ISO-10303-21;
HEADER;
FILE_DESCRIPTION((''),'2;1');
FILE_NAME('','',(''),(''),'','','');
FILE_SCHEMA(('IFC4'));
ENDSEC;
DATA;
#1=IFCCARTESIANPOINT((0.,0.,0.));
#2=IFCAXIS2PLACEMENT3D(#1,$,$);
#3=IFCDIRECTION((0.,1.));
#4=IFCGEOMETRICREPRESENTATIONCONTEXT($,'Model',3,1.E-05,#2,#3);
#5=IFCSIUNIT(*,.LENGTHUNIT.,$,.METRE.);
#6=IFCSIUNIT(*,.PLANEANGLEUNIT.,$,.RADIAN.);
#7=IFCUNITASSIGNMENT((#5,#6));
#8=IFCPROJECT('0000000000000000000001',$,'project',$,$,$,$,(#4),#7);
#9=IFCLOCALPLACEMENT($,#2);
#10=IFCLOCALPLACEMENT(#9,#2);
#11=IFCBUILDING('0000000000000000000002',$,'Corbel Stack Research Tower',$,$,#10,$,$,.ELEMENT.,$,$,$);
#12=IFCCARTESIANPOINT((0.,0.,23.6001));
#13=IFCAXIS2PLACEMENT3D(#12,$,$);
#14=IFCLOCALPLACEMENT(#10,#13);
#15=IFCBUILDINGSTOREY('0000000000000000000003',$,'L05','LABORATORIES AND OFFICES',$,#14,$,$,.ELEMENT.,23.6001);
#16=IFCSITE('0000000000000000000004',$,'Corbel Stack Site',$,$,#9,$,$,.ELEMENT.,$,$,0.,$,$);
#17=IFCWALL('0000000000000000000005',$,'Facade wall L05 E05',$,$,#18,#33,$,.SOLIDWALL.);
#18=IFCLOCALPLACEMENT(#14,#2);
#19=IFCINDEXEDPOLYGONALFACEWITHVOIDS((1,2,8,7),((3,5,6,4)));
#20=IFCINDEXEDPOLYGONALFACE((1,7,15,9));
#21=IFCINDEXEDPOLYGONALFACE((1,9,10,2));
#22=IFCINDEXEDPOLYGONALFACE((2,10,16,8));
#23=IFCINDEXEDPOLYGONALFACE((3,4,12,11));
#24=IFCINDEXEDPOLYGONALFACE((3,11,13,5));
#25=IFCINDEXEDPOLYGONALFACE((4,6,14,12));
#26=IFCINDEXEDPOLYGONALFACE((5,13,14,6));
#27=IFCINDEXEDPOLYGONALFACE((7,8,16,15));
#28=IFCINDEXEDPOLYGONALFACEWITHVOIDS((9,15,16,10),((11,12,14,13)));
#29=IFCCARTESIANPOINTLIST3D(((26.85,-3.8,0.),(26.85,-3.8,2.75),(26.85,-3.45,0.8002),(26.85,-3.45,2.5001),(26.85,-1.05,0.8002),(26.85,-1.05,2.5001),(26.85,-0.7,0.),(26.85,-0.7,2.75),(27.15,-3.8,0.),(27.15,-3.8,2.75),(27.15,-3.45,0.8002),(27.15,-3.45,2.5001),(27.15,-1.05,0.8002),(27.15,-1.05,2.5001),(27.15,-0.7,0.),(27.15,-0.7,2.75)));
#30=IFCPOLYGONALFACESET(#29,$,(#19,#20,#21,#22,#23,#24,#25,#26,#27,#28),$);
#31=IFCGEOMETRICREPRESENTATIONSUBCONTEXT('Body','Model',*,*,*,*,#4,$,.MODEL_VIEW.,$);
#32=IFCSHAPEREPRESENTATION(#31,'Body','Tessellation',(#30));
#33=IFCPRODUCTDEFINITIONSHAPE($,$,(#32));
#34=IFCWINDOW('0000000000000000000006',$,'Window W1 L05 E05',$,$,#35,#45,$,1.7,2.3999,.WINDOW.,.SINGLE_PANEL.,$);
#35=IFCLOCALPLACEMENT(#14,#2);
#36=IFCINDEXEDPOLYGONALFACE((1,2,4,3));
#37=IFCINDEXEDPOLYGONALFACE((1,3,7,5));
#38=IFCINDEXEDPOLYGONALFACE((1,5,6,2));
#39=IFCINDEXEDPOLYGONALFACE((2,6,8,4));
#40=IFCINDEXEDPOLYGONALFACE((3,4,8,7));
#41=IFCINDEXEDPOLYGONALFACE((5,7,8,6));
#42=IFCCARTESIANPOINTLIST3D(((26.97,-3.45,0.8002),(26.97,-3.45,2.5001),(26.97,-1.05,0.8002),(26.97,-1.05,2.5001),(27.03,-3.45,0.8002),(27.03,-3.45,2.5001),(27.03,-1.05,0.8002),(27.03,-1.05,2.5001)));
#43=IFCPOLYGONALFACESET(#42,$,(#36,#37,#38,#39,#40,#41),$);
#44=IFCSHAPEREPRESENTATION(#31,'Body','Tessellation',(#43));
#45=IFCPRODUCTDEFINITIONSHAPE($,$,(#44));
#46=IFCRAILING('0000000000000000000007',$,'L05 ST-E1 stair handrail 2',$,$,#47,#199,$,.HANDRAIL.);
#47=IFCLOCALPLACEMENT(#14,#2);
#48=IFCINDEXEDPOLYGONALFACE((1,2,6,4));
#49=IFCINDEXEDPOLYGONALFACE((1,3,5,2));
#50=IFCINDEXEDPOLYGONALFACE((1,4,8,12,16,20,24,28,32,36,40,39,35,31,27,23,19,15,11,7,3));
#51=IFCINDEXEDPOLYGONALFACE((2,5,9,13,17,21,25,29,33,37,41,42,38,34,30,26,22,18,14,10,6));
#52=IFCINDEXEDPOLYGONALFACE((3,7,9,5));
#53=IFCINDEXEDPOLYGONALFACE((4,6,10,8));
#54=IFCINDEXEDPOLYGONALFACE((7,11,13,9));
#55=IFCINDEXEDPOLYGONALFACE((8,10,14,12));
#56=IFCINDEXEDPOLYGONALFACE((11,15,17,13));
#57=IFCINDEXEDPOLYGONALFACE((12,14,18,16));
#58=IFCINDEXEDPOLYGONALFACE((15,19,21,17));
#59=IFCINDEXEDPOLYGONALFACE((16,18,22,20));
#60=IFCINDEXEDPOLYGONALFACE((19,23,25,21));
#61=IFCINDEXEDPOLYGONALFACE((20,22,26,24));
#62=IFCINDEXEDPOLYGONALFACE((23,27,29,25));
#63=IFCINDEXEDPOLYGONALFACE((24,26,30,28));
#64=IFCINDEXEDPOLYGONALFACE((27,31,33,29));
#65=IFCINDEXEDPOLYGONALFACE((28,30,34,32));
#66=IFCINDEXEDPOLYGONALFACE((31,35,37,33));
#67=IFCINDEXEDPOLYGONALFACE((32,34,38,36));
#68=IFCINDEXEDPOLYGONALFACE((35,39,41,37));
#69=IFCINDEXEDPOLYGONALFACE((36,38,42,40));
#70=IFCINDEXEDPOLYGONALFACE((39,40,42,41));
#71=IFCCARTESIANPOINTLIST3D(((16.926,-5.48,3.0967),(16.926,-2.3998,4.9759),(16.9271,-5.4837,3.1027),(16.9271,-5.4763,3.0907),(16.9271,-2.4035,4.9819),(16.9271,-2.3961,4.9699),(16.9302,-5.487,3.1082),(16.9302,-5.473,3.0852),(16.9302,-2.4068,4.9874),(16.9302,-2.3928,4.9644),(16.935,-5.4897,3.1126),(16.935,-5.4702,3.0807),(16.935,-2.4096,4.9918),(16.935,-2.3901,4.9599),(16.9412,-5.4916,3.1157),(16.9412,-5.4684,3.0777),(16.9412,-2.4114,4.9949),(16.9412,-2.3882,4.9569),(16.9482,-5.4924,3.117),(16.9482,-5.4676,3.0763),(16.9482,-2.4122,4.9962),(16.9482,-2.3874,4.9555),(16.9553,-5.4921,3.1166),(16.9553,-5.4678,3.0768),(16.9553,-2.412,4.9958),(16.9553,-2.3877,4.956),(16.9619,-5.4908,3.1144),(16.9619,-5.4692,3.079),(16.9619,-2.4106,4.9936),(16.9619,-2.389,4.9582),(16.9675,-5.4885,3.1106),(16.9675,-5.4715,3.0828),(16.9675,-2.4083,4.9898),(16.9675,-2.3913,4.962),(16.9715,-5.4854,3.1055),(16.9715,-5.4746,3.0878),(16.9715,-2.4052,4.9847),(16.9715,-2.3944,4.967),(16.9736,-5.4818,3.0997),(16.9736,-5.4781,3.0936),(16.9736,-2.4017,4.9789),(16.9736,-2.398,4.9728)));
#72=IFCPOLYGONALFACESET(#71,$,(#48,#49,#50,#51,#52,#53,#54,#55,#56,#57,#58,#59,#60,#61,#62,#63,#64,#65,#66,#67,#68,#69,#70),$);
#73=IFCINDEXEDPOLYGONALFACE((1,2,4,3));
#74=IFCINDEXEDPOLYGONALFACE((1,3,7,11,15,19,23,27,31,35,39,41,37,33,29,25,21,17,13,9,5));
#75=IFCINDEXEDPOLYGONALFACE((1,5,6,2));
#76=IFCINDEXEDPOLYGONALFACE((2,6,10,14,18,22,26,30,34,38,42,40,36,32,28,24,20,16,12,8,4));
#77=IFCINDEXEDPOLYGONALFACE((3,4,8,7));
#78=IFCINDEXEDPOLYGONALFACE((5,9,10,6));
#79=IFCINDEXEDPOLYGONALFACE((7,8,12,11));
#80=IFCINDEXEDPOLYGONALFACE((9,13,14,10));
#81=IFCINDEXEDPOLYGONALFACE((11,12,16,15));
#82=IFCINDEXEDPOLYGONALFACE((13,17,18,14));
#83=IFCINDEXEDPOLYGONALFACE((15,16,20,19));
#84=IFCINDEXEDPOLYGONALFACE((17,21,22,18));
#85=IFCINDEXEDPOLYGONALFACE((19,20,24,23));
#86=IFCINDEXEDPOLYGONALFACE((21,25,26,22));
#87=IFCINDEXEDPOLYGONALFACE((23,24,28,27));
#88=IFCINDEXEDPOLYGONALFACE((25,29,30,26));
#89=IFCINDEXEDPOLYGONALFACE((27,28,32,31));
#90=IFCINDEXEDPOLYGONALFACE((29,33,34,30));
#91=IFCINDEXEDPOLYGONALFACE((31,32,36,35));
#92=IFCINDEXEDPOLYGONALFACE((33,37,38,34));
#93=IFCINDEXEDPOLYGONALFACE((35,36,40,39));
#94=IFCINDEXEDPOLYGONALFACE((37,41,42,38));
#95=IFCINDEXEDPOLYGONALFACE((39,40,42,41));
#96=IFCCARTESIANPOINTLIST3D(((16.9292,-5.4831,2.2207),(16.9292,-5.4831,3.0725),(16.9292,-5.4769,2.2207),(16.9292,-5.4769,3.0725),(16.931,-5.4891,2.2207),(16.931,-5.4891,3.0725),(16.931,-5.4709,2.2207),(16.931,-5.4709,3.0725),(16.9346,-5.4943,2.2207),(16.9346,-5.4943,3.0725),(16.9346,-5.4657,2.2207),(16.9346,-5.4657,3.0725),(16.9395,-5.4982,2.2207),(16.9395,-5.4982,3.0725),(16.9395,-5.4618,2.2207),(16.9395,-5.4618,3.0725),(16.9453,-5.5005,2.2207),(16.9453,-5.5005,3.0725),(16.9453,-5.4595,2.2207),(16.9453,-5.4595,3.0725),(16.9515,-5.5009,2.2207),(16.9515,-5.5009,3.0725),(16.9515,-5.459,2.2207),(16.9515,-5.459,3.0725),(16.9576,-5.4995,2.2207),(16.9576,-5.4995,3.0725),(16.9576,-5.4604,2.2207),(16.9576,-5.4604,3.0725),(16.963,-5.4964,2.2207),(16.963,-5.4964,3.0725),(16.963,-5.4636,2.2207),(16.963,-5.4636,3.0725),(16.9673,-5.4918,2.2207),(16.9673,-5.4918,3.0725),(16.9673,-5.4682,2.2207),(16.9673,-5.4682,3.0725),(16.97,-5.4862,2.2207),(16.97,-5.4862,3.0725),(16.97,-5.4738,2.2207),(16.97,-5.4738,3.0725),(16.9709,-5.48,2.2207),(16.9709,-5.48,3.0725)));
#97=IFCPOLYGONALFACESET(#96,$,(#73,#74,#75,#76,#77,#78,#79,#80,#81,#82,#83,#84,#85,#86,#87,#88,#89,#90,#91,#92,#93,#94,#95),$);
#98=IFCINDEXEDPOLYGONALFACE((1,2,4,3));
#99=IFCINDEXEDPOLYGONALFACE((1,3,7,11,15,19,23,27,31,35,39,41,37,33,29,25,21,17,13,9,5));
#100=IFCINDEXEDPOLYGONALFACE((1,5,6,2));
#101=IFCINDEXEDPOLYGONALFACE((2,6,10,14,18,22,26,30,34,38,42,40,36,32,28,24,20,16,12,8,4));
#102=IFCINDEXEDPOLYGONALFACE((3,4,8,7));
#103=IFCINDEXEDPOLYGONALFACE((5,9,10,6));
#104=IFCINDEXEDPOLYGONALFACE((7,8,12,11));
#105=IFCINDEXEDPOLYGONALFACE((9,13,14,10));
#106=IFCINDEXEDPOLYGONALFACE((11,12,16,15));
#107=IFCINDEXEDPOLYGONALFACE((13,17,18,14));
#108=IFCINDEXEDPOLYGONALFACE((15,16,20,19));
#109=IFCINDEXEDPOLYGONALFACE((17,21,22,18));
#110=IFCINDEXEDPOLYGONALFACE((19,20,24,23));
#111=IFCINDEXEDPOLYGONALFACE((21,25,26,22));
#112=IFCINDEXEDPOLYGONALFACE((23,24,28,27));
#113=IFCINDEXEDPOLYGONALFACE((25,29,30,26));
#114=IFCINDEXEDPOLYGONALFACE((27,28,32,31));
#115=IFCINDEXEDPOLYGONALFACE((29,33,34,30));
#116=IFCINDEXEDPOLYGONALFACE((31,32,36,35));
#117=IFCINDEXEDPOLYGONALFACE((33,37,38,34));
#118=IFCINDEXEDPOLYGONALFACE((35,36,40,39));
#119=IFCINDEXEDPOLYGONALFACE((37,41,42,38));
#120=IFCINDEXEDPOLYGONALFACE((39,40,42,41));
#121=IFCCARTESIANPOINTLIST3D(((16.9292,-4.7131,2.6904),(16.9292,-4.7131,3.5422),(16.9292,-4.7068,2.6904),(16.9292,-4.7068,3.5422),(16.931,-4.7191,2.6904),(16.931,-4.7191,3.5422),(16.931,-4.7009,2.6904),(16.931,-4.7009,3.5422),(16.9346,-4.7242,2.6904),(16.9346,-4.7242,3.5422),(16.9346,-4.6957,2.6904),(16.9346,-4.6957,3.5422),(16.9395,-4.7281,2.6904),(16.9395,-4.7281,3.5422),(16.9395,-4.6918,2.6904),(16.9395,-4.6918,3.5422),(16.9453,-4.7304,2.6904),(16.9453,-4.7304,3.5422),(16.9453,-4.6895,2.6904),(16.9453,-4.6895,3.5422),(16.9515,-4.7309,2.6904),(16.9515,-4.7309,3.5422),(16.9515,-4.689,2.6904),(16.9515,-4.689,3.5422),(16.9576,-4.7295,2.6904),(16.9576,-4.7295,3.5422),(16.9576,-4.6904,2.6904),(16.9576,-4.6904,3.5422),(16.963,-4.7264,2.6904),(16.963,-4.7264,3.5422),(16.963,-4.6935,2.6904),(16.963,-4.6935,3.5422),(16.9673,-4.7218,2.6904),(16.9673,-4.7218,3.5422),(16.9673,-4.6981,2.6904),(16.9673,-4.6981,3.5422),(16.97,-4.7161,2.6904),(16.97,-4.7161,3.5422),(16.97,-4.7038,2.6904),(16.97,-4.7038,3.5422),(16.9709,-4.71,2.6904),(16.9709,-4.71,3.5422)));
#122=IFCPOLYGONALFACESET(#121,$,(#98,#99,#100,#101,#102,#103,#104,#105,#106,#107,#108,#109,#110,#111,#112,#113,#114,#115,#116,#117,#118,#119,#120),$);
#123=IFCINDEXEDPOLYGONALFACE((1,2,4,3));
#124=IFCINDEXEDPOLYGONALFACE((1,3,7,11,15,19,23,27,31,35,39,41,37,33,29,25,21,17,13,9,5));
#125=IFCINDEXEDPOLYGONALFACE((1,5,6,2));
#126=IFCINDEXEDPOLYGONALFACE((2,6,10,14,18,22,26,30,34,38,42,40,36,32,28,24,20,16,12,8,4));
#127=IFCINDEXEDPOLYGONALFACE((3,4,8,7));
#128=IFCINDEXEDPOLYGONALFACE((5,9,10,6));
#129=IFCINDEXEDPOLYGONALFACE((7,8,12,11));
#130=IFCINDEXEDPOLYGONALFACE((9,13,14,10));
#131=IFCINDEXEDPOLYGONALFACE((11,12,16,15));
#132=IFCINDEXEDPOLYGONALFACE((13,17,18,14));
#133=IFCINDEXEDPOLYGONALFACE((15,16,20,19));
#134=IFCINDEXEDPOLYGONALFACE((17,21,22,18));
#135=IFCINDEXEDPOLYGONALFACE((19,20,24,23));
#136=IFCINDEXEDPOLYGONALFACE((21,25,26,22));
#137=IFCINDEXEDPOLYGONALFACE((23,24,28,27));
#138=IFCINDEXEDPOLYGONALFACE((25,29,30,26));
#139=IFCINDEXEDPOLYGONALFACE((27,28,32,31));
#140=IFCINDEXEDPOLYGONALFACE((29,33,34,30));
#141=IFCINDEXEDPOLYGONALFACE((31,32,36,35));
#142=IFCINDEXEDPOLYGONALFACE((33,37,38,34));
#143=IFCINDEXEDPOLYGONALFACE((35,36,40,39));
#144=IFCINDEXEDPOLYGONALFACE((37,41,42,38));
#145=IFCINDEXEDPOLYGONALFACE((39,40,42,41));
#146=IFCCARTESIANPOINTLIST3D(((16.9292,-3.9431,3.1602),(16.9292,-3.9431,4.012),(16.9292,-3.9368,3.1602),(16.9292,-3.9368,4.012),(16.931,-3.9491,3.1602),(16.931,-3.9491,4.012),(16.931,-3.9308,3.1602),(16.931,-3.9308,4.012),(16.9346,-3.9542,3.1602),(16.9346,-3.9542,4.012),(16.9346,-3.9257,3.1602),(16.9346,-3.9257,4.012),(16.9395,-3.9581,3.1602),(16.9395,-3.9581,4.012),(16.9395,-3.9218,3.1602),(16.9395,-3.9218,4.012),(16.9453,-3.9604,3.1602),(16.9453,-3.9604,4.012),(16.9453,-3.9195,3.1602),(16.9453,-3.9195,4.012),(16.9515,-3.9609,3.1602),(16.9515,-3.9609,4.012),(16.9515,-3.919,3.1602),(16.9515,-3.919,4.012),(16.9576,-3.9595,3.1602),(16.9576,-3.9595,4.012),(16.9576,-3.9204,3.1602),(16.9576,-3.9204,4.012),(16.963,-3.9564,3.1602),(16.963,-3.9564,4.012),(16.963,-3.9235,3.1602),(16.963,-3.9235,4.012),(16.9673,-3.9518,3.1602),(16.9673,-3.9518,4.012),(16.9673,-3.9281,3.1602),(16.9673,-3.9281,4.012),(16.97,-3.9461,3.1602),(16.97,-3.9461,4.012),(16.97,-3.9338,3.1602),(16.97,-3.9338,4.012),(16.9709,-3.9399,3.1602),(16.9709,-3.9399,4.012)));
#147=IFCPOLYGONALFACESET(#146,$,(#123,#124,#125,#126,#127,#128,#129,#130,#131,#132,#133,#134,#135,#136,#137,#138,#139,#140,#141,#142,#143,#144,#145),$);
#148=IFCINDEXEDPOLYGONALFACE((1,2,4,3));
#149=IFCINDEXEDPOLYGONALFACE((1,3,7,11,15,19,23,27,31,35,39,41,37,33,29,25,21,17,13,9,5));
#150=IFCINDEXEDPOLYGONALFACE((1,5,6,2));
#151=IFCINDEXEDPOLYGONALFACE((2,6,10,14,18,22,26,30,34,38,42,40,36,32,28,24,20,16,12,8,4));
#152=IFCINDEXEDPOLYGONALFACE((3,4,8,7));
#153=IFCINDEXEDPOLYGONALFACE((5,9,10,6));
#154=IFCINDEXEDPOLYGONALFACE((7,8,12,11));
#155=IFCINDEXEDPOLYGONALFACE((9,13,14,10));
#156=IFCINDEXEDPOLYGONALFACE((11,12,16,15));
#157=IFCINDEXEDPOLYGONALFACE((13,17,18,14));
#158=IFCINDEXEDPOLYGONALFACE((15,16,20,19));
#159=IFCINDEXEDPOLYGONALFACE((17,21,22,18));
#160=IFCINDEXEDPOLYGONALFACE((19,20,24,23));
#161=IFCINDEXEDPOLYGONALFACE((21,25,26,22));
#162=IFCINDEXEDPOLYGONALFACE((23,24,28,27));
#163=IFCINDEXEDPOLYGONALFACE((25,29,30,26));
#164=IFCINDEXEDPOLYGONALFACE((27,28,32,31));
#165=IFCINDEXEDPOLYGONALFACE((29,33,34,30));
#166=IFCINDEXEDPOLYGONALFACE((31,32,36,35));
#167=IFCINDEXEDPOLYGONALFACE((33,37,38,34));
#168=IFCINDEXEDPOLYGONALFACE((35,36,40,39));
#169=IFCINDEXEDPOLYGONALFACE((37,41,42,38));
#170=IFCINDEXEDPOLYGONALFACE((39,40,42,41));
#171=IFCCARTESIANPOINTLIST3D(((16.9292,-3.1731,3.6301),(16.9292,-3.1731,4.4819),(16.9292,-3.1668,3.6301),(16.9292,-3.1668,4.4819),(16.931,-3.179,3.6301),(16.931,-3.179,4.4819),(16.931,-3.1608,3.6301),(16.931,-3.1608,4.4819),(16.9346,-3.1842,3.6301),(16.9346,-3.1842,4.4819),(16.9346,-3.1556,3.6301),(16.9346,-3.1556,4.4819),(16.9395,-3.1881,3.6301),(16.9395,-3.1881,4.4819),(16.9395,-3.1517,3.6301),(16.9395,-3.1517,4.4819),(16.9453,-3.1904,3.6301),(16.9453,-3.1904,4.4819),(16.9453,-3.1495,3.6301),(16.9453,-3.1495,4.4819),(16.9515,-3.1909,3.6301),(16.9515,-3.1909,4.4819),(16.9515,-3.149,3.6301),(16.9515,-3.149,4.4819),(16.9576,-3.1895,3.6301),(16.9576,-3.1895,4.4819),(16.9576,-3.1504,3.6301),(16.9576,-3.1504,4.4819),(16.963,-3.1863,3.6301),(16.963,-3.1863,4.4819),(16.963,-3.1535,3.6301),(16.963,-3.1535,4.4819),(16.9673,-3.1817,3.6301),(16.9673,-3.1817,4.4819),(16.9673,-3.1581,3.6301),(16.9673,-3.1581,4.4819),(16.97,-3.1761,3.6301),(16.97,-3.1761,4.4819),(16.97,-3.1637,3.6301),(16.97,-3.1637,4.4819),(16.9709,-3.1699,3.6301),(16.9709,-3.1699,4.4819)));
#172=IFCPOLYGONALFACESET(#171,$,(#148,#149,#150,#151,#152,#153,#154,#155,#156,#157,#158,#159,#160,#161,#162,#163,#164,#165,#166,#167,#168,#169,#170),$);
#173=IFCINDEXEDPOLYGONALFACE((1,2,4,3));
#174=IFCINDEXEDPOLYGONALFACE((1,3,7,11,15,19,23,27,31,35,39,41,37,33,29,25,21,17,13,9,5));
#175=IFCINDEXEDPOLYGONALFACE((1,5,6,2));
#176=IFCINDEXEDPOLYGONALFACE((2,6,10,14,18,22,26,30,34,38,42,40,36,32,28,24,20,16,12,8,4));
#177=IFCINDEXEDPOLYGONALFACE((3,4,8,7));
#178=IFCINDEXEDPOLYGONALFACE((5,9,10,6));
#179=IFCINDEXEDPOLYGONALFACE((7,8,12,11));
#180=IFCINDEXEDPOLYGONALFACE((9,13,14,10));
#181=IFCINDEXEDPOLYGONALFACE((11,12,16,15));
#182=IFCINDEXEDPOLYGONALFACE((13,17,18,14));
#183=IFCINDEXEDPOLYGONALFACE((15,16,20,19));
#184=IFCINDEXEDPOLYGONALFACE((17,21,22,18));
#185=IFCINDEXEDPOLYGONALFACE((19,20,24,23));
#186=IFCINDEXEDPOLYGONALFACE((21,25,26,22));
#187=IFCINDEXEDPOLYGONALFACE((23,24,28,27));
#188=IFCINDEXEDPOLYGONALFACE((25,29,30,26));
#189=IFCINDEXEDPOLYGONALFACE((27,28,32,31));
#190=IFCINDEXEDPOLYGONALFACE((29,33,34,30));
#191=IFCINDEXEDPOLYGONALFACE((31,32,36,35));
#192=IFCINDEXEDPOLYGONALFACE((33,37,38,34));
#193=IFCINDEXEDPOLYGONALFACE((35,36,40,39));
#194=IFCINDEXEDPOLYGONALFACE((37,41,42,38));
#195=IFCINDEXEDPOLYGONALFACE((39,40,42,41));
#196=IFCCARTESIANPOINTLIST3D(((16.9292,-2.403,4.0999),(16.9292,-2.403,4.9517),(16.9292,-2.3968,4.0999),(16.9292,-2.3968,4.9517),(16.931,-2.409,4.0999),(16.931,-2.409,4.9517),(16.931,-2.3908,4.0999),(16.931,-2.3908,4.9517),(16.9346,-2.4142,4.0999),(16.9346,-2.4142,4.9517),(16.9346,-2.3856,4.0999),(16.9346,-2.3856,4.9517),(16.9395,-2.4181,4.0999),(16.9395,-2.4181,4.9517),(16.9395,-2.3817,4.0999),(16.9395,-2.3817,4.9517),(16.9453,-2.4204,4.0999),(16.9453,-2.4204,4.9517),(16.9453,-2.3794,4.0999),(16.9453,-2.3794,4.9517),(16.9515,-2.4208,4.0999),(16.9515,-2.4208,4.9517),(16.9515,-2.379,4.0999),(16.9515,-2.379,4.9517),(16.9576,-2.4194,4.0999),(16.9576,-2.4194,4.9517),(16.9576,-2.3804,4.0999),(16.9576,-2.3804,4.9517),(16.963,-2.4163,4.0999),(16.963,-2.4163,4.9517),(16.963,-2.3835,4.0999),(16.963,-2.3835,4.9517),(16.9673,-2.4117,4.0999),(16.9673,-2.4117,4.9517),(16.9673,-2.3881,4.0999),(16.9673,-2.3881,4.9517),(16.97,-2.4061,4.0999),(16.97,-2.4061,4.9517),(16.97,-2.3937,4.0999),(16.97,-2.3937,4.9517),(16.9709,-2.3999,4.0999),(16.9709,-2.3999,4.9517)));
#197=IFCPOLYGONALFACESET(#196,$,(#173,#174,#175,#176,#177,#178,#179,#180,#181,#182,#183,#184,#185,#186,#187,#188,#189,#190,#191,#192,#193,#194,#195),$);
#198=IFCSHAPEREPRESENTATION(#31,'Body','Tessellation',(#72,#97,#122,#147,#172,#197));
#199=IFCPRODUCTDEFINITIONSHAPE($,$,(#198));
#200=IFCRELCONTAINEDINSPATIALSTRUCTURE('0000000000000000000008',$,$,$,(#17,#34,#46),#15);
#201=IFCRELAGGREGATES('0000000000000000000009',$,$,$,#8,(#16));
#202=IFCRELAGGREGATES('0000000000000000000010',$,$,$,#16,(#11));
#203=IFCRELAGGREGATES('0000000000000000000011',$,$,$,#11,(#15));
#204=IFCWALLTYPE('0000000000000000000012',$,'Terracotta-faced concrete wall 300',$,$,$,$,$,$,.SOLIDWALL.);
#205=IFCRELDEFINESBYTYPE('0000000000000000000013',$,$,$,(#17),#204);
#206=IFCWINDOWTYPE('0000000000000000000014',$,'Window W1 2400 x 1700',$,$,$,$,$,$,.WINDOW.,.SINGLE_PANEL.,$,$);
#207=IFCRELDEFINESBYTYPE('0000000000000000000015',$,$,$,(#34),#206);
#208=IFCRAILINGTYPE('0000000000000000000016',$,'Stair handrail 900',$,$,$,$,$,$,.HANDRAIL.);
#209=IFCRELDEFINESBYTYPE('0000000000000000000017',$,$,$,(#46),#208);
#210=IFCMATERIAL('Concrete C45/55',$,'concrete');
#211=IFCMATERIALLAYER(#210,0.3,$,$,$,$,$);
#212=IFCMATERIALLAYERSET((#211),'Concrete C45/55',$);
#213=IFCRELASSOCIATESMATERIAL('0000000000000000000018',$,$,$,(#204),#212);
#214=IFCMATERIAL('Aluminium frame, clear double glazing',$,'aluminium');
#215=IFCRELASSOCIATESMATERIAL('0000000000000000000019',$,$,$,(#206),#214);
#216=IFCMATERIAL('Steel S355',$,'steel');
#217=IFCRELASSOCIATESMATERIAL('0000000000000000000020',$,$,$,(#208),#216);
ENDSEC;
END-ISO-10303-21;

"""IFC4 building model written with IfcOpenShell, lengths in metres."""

from ifc_helpers import new_model, si_unit, direction, frame, frame_2d, origin, origin_2d, place, context, subcontext, project, spatial, rectangle, circle, extrude, material, layer, layer_set, type_object, element, fill, save


model = new_model("IFC4")

# Units and contexts
model_context = context("Model", 3, precision=1e-05, world=origin(), true_north=direction((0.0, 1.0)))
body_context = subcontext(model_context, "Body", "Model", "MODEL_VIEW")
ifc_project = project(units=[si_unit("LENGTHUNIT", "METRE"), si_unit("PLANEANGLEUNIT", "RADIAN")], contexts=[model_context])

# Site, building, storey
site_placement = place(None, origin())
site = spatial("IfcSite", under=ifc_project, at=site_placement, Name="Corbel Stack Site", CompositionType="ELEMENT", RefElevation=0.0)
building_placement = place(site_placement, origin())
building = spatial("IfcBuilding", under=site, at=building_placement, Name="Corbel Stack Research Tower", CompositionType="ELEMENT")
storey_placement = place(building_placement, frame((0.0, 0.0, 23.6001)))
storey = spatial("IfcBuildingStorey", under=building, at=storey_placement, Name="L05", Description="LABORATORIES AND OFFICES", CompositionType="ELEMENT", Elevation=23.6001)

# Wall, opening, window
ifc_material_1 = material(Name="Concrete C45/55", Category="concrete")
ifc_layer_1 = layer(ifc_material_1, 0.3)
ifc_layer_set_1 = layer_set([ifc_layer_1], Name="Concrete C45/55")
wall_type_1 = type_object("IfcWallType", Name="Terracotta-faced concrete wall 300", PredefinedType="SOLIDWALL", material=ifc_layer_set_1)
ifc_material_2 = material(Name="Aluminium frame, clear double glazing", Category="aluminium")
window_type = type_object("IfcWindowType", Name="Window W1 2400 x 1700", PartitioningType="SINGLE_PANEL", PredefinedType="WINDOW", material=ifc_material_2)
wall_1_placement = place(storey_placement, frame((27.0, -0.7, 0.0), z_axis=(0.0, 0.0, 1.0), x_axis=(0.0, -1.0, 0.0)))
wall_1 = element("IfcWall", 1, at=wall_1_placement, inside=storey, type_object=wall_type_1, Name="Facade wall L05 E05", PredefinedType="SOLIDWALL", context=body_context, shape_type="SweptSolid", body=[
    extrude(rectangle(XDim=3.1001, YDim=0.3, at=frame_2d((1.55, 0.0))), origin(), (0.0, 0.0, 1.0), 2.75),
])
opening_1_placement = place(wall_1_placement, frame((0.3501, 0.0, 0.8)))
opening_1 = element("IfcOpeningElement", 2, at=opening_1_placement, cuts=wall_1, PredefinedType="OPENING", context=body_context, shape_type="SweptSolid", body=[
    extrude(rectangle(XDim=2.3999, YDim=1.7, at=frame_2d((1.2, 0.8501))), frame((0.0, 0.1599, 0.0), z_axis=(0.0, -1.0, 0.0), x_axis=(1.0, 0.0, 0.0)), (0.0, 0.0, 1.0), 0.3201),
])
window_1_placement = place(opening_1_placement, origin())
window_1 = element("IfcWindow", 3, at=window_1_placement, inside=storey, type_object=window_type, Name="Window W1 L05 E05", OverallHeight=1.7, OverallWidth=2.3999, PartitioningType="SINGLE_PANEL", PredefinedType="WINDOW", context=body_context, shape_type="SweptSolid", body=[
    extrude(rectangle(XDim=2.3999, YDim=1.7, at=frame_2d((1.2, 0.8501))), frame((0.0, 0.03, 0.0), z_axis=(0.0, -1.0, 0.0), x_axis=(1.0, 0.0, 0.0)), (0.0, 0.0, 1.0), 0.0601),
])
fill(opening_1, window_1)

# Railing
ifc_material_3 = material(Name="Steel S355", Category="steel")
railing_type = type_object("IfcRailingType", Name="Stair handrail 900", PredefinedType="HANDRAIL", material=ifc_material_3)
railing_placement = place(storey_placement, frame((16.95, -5.48, 2.2207)))
element("IfcRailing", 4, at=railing_placement, inside=storey, type_object=railing_type, Name="L05 ST-E1 stair handrail 2", PredefinedType="HANDRAIL", context=body_context, shape_type="SweptSolid", body=[
    extrude(circle(Radius=0.0239, at=origin_2d()), frame((0.0, 0.0, 0.876), z_axis=(0.0, 0.853666, 0.52082), x_axis=(-1.0, 0.0, 0.0)), (0.0, 0.0, 1.0), 3.6082),
    extrude(circle(Radius=0.021, at=origin_2d()), origin(), (0.0, 0.0, 1.0), 0.8518),
    extrude(circle(Radius=0.021, at=origin_2d()), frame((0.0, 0.77, 0.4697)), (0.0, 0.0, 1.0), 0.8518),
    extrude(circle(Radius=0.021, at=origin_2d()), frame((0.0, 1.54, 0.9395)), (0.0, 0.0, 1.0), 0.8518),
    extrude(circle(Radius=0.021, at=origin_2d()), frame((0.0, 2.3101, 1.4094)), (0.0, 0.0, 1.0), 0.8518),
    extrude(circle(Radius=0.021, at=origin_2d()), frame((0.0, 3.0801, 1.8792)), (0.0, 0.0, 1.0), 0.8518),
])

save(model, "model.ifc")
